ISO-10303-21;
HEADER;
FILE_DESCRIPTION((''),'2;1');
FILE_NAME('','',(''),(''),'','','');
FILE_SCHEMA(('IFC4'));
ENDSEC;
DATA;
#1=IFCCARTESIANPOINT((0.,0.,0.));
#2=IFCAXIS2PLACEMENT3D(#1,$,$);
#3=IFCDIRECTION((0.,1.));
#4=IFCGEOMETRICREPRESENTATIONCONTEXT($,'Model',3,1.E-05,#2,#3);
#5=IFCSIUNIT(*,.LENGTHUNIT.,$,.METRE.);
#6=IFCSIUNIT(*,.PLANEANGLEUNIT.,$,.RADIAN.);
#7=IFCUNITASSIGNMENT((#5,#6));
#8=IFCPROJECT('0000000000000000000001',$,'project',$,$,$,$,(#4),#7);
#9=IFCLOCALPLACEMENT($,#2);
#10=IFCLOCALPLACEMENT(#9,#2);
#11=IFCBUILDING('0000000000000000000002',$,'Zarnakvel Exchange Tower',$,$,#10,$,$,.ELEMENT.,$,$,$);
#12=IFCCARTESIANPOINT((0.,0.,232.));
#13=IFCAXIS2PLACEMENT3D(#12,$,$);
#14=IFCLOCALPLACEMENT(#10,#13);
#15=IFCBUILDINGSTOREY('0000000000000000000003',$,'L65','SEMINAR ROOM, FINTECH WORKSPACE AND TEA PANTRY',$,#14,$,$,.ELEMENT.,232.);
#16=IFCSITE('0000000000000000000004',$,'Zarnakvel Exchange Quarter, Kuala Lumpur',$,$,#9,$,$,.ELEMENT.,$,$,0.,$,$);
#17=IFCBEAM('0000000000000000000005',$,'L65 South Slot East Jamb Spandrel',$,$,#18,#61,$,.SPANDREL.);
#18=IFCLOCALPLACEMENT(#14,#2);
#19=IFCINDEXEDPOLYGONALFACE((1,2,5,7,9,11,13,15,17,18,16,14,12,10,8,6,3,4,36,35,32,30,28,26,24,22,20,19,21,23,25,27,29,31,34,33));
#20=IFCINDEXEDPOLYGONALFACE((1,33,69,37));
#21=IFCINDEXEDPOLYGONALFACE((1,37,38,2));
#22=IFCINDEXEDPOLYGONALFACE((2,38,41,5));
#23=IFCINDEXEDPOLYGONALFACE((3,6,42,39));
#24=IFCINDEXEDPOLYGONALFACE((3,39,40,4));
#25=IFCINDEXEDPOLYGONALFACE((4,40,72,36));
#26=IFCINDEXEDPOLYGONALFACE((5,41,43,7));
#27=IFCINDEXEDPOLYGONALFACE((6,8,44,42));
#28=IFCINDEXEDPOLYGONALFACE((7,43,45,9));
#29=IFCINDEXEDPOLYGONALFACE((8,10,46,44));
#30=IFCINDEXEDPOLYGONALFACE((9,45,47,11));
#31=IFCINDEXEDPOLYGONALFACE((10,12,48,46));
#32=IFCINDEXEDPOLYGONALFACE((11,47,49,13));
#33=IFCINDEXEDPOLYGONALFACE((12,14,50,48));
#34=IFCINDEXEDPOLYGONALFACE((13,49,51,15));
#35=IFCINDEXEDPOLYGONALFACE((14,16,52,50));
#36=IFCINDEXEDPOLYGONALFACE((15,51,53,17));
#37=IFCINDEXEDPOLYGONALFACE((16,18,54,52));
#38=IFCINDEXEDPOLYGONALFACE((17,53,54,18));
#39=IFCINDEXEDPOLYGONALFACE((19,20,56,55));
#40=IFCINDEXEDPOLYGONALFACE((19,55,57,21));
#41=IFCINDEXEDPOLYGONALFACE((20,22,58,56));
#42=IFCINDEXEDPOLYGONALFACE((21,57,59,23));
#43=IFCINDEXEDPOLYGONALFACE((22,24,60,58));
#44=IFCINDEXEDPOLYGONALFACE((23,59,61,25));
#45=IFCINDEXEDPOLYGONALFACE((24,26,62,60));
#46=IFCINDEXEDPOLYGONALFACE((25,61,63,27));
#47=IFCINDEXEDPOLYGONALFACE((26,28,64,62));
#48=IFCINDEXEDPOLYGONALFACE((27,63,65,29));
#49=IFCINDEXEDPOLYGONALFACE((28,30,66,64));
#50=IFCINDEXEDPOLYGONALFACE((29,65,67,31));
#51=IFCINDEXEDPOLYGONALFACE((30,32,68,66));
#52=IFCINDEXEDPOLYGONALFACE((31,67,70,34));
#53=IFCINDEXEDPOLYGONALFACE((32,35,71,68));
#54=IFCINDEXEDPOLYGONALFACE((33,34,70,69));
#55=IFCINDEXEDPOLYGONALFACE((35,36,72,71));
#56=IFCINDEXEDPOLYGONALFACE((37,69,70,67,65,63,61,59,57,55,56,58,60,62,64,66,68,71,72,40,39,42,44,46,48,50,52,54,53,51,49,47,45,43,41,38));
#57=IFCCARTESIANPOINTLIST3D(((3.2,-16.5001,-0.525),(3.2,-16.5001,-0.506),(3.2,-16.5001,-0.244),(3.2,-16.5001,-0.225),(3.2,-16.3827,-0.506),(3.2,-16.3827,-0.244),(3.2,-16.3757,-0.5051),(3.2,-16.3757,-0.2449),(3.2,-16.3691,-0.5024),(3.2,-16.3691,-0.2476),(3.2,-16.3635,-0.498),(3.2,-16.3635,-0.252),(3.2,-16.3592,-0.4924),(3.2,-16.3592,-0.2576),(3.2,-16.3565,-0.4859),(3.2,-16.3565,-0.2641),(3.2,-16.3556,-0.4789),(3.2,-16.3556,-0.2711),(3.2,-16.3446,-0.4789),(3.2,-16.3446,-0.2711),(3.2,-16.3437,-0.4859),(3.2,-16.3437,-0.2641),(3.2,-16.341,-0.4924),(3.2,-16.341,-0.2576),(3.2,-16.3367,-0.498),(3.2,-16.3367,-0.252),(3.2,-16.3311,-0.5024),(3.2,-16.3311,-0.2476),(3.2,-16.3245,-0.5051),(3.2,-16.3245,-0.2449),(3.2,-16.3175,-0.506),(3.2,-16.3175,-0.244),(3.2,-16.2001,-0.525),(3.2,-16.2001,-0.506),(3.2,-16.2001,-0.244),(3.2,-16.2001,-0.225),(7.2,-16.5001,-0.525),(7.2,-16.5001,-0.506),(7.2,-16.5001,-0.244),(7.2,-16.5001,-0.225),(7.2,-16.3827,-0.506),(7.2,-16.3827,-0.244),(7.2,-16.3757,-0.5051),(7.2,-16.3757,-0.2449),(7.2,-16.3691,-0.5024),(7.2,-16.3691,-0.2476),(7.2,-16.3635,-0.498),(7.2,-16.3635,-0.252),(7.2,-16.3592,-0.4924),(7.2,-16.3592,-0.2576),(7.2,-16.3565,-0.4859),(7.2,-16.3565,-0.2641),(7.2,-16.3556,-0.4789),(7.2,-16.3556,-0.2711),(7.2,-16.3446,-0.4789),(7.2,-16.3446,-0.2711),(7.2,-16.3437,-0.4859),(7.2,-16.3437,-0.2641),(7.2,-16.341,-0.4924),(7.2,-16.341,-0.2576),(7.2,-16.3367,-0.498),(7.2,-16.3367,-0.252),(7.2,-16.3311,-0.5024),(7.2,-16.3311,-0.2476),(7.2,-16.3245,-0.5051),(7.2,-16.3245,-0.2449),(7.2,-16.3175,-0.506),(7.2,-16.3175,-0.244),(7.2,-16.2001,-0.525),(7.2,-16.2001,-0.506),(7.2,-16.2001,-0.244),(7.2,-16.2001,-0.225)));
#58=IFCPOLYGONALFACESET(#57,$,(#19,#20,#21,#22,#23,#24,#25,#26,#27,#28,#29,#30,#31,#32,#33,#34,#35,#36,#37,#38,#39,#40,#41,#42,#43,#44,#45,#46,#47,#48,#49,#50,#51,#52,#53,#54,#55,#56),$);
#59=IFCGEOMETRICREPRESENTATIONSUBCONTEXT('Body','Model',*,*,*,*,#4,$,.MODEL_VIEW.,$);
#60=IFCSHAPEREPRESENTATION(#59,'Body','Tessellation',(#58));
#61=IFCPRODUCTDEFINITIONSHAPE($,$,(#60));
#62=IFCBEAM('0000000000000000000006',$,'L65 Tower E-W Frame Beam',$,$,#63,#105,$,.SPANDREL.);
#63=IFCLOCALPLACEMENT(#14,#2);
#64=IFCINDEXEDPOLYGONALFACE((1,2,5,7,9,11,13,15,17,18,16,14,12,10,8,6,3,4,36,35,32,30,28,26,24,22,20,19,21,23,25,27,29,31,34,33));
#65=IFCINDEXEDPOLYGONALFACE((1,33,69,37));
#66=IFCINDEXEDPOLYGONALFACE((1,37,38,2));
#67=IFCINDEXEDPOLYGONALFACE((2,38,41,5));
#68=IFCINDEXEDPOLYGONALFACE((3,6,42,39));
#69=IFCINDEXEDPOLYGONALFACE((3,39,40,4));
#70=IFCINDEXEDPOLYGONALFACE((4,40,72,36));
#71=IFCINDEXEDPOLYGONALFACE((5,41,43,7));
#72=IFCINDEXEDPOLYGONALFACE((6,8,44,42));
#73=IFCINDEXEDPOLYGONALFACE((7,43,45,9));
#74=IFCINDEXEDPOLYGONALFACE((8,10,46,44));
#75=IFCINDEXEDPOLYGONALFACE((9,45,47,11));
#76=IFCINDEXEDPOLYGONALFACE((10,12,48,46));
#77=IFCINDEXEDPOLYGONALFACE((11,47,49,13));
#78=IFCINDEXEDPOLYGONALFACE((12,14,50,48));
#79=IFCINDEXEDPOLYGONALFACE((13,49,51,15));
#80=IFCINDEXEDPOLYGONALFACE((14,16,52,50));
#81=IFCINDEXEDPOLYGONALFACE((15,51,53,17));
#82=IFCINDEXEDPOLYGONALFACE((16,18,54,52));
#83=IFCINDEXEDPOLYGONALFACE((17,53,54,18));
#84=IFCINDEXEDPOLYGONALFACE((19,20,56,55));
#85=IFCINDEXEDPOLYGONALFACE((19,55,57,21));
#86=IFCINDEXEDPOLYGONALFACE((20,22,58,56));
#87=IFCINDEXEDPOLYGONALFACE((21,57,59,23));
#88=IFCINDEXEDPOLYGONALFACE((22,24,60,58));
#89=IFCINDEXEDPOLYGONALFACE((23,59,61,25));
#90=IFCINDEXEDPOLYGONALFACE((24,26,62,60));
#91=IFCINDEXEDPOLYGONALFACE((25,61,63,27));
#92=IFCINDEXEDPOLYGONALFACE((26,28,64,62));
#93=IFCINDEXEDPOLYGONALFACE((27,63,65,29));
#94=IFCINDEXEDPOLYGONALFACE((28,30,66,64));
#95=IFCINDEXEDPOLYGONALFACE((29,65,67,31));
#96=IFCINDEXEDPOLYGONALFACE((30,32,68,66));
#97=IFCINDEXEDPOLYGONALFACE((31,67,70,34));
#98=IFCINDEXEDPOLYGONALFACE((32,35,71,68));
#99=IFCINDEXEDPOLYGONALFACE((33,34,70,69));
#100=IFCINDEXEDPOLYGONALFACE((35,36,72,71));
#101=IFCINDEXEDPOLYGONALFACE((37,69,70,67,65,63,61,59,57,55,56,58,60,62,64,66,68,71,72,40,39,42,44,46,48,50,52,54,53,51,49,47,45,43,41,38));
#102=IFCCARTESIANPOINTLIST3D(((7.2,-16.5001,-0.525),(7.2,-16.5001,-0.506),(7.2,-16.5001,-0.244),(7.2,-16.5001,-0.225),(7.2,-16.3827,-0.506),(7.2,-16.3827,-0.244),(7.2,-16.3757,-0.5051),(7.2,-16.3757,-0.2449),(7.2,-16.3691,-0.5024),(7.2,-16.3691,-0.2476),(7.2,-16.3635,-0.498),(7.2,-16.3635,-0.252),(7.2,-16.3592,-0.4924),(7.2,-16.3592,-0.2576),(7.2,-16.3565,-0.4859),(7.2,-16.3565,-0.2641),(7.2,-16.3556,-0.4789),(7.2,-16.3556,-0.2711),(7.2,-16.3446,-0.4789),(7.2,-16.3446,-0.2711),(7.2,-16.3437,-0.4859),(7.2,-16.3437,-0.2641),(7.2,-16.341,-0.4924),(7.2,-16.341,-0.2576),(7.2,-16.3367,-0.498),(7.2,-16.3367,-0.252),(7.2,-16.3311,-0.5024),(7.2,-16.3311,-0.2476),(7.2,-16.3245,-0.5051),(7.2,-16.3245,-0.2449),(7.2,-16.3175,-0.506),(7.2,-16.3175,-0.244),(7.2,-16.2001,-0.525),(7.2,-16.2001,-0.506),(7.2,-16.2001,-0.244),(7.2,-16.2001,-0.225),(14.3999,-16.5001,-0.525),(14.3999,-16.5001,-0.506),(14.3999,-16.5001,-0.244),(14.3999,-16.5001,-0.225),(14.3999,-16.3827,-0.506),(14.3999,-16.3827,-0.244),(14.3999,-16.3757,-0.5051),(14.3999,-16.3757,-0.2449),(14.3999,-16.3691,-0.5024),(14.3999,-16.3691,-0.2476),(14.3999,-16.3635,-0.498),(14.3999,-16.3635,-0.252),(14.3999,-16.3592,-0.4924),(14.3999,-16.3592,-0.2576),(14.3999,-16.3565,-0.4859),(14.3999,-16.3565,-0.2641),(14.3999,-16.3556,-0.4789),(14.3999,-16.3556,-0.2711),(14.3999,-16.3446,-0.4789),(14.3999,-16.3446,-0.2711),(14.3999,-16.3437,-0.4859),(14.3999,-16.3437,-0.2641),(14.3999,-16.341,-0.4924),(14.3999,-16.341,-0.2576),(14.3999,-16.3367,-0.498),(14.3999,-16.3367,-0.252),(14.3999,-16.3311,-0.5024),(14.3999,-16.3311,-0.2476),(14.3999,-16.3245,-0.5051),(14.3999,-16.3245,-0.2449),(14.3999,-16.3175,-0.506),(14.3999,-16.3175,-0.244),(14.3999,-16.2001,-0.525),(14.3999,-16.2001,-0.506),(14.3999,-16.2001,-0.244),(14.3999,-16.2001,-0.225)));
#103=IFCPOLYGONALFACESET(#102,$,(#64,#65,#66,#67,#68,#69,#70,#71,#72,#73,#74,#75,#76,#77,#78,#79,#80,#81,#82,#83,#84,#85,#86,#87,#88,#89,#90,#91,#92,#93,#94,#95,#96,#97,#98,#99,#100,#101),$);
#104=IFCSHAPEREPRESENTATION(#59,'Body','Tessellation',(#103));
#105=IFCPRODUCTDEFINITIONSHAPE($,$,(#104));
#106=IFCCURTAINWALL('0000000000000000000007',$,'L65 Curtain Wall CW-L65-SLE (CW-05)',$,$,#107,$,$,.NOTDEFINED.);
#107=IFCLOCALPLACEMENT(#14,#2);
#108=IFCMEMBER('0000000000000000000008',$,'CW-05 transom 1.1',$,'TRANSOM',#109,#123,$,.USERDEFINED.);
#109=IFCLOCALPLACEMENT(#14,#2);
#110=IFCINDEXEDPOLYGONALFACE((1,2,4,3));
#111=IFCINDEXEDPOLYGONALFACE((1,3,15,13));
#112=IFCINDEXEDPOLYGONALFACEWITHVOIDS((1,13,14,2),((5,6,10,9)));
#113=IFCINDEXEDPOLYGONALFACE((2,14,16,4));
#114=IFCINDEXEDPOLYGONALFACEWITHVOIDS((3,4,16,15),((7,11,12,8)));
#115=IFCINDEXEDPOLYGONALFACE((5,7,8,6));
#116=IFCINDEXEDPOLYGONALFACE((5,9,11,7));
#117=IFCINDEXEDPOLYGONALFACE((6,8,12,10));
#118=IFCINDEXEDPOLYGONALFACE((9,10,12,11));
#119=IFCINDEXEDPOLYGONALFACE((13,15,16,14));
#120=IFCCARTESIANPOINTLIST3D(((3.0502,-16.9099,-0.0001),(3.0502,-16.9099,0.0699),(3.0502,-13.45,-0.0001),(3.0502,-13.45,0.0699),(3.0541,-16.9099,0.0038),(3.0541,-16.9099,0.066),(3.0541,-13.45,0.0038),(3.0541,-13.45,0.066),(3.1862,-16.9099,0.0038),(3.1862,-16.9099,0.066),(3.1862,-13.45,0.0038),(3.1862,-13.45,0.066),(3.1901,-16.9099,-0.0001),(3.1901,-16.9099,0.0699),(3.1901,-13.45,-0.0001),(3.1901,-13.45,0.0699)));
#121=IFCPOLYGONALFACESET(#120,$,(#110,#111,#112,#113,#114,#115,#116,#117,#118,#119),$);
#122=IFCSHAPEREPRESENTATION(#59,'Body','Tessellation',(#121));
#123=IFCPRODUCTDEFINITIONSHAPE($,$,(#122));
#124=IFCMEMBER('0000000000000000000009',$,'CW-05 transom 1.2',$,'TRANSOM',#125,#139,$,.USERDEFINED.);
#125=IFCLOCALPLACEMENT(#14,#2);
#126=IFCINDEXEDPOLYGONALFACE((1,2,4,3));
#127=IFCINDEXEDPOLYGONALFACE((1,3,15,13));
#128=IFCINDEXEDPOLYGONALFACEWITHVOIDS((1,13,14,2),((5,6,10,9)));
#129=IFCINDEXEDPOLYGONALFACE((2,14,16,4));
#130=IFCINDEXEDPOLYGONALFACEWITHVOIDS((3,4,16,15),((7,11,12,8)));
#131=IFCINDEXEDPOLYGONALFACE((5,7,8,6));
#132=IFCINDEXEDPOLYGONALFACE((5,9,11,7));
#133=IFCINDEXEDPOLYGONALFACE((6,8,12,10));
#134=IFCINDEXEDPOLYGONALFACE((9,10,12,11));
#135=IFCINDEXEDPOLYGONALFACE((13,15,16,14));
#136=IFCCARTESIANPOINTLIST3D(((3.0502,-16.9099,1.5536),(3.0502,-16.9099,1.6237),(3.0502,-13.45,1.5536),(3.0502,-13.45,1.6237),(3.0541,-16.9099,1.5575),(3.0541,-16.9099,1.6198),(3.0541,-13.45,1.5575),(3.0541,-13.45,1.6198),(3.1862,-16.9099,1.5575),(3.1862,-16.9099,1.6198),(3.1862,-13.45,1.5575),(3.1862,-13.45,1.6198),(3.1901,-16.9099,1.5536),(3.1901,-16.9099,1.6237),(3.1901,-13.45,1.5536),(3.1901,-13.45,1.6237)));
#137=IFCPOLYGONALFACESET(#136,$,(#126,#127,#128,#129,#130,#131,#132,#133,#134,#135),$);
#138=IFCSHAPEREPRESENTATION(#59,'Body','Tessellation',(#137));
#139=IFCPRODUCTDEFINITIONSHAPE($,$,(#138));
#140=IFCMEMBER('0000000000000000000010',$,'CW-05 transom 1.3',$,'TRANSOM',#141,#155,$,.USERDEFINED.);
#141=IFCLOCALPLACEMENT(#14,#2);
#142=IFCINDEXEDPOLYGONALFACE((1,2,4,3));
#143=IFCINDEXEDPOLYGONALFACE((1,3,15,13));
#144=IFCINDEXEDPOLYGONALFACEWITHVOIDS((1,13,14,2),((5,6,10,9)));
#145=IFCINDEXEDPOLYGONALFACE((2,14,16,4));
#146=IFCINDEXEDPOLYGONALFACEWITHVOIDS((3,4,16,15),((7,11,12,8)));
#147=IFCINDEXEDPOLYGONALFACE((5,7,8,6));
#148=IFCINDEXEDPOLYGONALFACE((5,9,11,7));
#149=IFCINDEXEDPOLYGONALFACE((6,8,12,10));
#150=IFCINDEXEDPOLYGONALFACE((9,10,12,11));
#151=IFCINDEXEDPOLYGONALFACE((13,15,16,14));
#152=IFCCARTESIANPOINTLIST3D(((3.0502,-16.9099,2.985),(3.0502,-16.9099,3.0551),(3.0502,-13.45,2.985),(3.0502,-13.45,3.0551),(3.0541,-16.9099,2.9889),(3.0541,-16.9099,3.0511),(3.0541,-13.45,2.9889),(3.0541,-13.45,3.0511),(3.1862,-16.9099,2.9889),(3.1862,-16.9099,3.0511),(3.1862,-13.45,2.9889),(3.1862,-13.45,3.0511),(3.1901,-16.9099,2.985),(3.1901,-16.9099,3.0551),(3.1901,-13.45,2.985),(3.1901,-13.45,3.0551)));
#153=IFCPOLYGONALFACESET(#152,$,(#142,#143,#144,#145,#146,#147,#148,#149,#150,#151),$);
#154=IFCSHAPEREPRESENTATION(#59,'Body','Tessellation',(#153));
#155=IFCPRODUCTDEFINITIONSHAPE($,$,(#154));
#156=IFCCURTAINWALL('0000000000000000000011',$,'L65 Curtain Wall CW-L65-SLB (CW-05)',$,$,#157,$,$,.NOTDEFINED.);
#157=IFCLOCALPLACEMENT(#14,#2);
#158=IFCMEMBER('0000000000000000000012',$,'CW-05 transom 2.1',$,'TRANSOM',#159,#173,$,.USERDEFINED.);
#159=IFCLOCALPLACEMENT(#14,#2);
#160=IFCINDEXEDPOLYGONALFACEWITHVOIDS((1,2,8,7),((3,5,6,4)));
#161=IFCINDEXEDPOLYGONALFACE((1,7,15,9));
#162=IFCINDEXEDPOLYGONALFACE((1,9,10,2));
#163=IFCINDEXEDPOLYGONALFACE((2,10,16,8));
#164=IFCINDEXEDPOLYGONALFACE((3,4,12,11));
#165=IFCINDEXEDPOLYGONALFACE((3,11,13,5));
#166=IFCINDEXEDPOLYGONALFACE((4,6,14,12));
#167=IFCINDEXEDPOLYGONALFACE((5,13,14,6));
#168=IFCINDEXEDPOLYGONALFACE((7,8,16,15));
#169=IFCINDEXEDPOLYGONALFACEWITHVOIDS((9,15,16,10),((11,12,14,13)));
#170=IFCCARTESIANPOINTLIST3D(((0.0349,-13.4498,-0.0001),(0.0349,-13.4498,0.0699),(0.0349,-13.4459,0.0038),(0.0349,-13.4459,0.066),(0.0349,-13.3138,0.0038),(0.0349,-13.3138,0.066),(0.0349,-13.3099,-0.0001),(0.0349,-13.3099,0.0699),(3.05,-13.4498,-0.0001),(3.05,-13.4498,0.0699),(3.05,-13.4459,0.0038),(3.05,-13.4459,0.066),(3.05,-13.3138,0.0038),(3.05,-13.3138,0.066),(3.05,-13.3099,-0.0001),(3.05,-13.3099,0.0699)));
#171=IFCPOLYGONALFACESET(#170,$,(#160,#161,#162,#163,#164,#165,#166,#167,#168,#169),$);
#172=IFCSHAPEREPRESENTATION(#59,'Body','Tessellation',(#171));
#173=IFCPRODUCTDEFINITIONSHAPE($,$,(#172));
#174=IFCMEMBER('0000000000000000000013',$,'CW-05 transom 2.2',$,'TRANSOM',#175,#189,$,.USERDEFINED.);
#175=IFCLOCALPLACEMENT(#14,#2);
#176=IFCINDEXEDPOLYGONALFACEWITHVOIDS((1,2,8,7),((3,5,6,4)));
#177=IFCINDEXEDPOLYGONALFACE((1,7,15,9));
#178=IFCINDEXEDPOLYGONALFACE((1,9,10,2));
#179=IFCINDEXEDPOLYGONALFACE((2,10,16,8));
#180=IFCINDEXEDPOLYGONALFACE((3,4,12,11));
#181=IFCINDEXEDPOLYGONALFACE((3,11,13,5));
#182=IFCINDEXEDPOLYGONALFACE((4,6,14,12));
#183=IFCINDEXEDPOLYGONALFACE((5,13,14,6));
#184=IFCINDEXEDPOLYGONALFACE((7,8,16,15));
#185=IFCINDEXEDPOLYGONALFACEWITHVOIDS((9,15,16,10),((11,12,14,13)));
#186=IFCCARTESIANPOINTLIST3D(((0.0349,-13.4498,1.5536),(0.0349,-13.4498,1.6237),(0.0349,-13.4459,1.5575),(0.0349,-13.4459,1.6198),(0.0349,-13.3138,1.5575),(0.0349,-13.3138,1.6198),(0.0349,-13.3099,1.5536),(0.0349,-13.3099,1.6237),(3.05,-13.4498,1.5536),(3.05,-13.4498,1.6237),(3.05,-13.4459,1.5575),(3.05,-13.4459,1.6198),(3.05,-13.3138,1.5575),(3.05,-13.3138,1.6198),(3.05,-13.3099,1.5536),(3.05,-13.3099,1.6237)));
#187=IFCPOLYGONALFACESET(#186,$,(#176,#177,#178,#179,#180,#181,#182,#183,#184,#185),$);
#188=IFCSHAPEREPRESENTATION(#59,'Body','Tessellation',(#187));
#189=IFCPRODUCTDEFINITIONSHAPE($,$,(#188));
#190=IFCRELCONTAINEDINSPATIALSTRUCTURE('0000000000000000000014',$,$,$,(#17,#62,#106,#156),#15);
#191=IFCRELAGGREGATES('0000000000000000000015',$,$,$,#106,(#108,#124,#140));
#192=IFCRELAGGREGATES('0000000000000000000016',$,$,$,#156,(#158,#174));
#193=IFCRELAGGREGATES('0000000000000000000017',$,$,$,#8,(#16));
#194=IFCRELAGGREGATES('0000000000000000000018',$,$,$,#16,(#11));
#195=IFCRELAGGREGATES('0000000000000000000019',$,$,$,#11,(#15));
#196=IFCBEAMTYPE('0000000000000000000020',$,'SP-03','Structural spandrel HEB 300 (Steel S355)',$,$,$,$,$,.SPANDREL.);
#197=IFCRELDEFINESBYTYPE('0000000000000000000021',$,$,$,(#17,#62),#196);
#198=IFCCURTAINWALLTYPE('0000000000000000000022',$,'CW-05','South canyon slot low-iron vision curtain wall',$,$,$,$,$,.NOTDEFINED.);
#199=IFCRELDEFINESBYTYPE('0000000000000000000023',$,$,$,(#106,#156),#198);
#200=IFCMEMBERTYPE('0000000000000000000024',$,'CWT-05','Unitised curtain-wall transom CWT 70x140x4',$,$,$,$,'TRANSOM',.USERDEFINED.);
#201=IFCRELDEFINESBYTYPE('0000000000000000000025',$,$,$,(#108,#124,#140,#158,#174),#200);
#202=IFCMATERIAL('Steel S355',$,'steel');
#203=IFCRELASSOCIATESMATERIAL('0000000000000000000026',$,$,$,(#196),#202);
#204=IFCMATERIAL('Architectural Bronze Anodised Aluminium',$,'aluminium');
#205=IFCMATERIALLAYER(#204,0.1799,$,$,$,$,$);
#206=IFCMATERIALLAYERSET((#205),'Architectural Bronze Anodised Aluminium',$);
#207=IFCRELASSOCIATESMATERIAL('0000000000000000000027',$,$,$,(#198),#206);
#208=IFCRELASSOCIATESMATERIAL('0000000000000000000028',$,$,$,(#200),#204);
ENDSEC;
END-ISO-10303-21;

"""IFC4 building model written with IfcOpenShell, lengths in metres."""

from ifc_helpers import new_model, si_unit, direction, frame, origin, origin_2d, place, context, subcontext, project, spatial, hollow_rectangle, i_section, extrude, source, transform, mapped, material, layer, layer_set, material_profile, profile_set, type_object, element, aggregate, save


model = new_model("IFC4")

# Units and contexts
model_context = context("Model", 3, precision=1e-05, world=origin(), true_north=direction((0.0, 1.0)))
body_context = subcontext(model_context, "Body", "Model", "MODEL_VIEW")
ifc_project = project(units=[si_unit("LENGTHUNIT", "METRE"), si_unit("PLANEANGLEUNIT", "RADIAN")], contexts=[model_context])

# Site, building, storey
site_placement = place(None, origin())
site = spatial("IfcSite", under=ifc_project, at=site_placement, Name="Zarnakvel Exchange Quarter, Kuala Lumpur", CompositionType="ELEMENT", RefElevation=0.0)
building_placement = place(site_placement, origin())
building = spatial("IfcBuilding", under=site, at=building_placement, Name="Zarnakvel Exchange Tower", CompositionType="ELEMENT")
storey_placement = place(building_placement, frame((0.0, 0.0, 232.0)))
storey = spatial("IfcBuildingStorey", under=building, at=storey_placement, Name="L65", Description="SEMINAR ROOM, FINTECH WORKSPACE AND TEA PANTRY", CompositionType="ELEMENT", Elevation=232.0)

# Beams
ifc_material_1 = material(Name="Steel S355", Category="steel")
ifc_material_profile_1 = material_profile(ifc_material_1, i_section(OverallWidth=0.3, OverallDepth=0.3, WebThickness=0.011, FlangeThickness=0.019, FilletRadius=0.0271, at=origin_2d()))
ifc_profile_set_1 = profile_set([ifc_material_profile_1], Name="Steel S355")
beam_type_1 = type_object("IfcBeamType", Name="SP-03", Description="Structural spandrel HEB 300 (Steel S355)", PredefinedType="SPANDREL", material=ifc_profile_set_1)
beam_1_placement = place(storey_placement, frame((3.2, -16.3501, -0.375), z_axis=(1.0, 0.0, 0.0), x_axis=(0.0, 1.0, 0.0)))
element("IfcBeam", 1, at=beam_1_placement, inside=storey, type_object=beam_type_1, Name="L65 South Slot East Jamb Spandrel", PredefinedType="SPANDREL", context=body_context, shape_type="SweptSolid", body=[
    extrude(i_section(OverallWidth=0.3, OverallDepth=0.3, WebThickness=0.011, FlangeThickness=0.019, FilletRadius=0.0271, at=origin_2d()), origin(), (0.0, 0.0, 1.0), 4.0),
])
beam_2_placement = place(storey_placement, frame((7.2, -16.3501, -0.375), z_axis=(1.0, 0.0, 0.0), x_axis=(0.0, 1.0, 0.0)))
element("IfcBeam", 2, at=beam_2_placement, inside=storey, type_object=beam_type_1, Name="L65 Tower E-W Frame Beam", PredefinedType="SPANDREL", context=body_context, shape_type="SweptSolid", body=[
    extrude(i_section(OverallWidth=0.3, OverallDepth=0.3, WebThickness=0.011, FlangeThickness=0.019, FilletRadius=0.0271, at=origin_2d()), origin(), (0.0, 0.0, 1.0), 7.2),
])

# Curtain walls, members
ifc_material_2 = material(Name="Architectural Bronze Anodised Aluminium", Category="aluminium")
ifc_layer_1 = layer(ifc_material_2, 0.1799)
ifc_layer_set_1 = layer_set([ifc_layer_1], Name="Architectural Bronze Anodised Aluminium")
curtain_wall_type = type_object("IfcCurtainWallType", Name="CW-05", Description="South canyon slot low-iron vision curtain wall", PredefinedType="NOTDEFINED", material=ifc_layer_set_1)
curtain_wall_1_placement = place(storey_placement, origin())
curtain_wall_1 = element("IfcCurtainWall", 3, at=curtain_wall_1_placement, inside=storey, type_object=curtain_wall_type, Name="L65 Curtain Wall CW-L65-SLE (CW-05)", PredefinedType="NOTDEFINED")
ifc_material_profile_2 = material_profile(ifc_material_2, hollow_rectangle(XDim=0.1399, YDim=0.0701, WallThickness=0.0039, at=origin_2d()))
ifc_profile_set_2 = profile_set([ifc_material_profile_2], Name="Architectural Bronze Anodised Aluminium")
member_type_1 = type_object("IfcMemberType", Name="CWT-05", Description="Unitised curtain-wall transom CWT 70x140x4", ElementType="TRANSOM", PredefinedType="USERDEFINED", material=ifc_profile_set_2)
shared_shape_1 = source(origin(), body_context, "Body", "SweptSolid", [
    extrude(hollow_rectangle(XDim=0.1399, YDim=0.0701, WallThickness=0.0039, at=origin_2d()), origin(), (0.0, 0.0, 1.0), 3.46),
])
member_1_placement = place(storey_placement, frame((3.1201, -13.45, 0.0349), z_axis=(0.0, -1.0, 0.0), x_axis=(1.0, 0.0, 0.0)))
member_1 = element("IfcMember", 4, at=member_1_placement, type_object=member_type_1, Name="CW-05 transom 1.1", ObjectType="TRANSOM", PredefinedType="USERDEFINED", context=body_context, shape_type="MappedRepresentation", body=[
    mapped(shared_shape_1, transform((0.0, 0.0, 0.0), x_axis=(1.0, 0.0, 0.0), y_axis=(0.0, 1.0, 0.0), z_axis=(0.0, 0.0, 1.0), scale=1.0)),
])
member_2_placement = place(storey_placement, frame((3.1201, -13.45, 1.5886), z_axis=(0.0, -1.0, 0.0), x_axis=(1.0, 0.0, 0.0)))
member_2 = element("IfcMember", 5, at=member_2_placement, type_object=member_type_1, Name="CW-05 transom 1.2", ObjectType="TRANSOM", PredefinedType="USERDEFINED", context=body_context, shape_type="MappedRepresentation", body=[
    mapped(shared_shape_1, transform((0.0, 0.0, 0.0), x_axis=(1.0, 0.0, 0.0), y_axis=(0.0, 1.0, 0.0), z_axis=(0.0, 0.0, 1.0), scale=1.0)),
])
member_3_placement = place(storey_placement, frame((3.1201, -13.45, 3.02), z_axis=(0.0, -1.0, 0.0), x_axis=(1.0, 0.0, 0.0)))
member_3 = element("IfcMember", 6, at=member_3_placement, type_object=member_type_1, Name="CW-05 transom 1.3", ObjectType="TRANSOM", PredefinedType="USERDEFINED", context=body_context, shape_type="MappedRepresentation", body=[
    mapped(shared_shape_1, transform((0.0, 0.0, 0.0), x_axis=(1.0, 0.0, 0.0), y_axis=(0.0, 1.0, 0.0), z_axis=(0.0, 0.0, 1.0), scale=1.0)),
])
curtain_wall_2_placement = place(storey_placement, origin())
curtain_wall_2 = element("IfcCurtainWall", 7, at=curtain_wall_2_placement, inside=storey, type_object=curtain_wall_type, Name="L65 Curtain Wall CW-L65-SLB (CW-05)", PredefinedType="NOTDEFINED")
shared_shape_2 = source(origin(), body_context, "Body", "SweptSolid", [
    extrude(hollow_rectangle(XDim=0.1399, YDim=0.0701, WallThickness=0.0039, at=origin_2d()), origin(), (0.0, 0.0, 1.0), 3.0151),
])
member_4_placement = place(storey_placement, frame((0.0349, -13.3799, 0.0349), z_axis=(1.0, 0.0, 0.0), x_axis=(0.0, 1.0, 0.0)))
member_4 = element("IfcMember", 8, at=member_4_placement, type_object=member_type_1, Name="CW-05 transom 2.1", ObjectType="TRANSOM", PredefinedType="USERDEFINED", context=body_context, shape_type="MappedRepresentation", body=[
    mapped(shared_shape_2, transform((0.0, 0.0, 0.0), x_axis=(1.0, 0.0, 0.0), y_axis=(0.0, 1.0, 0.0), z_axis=(0.0, 0.0, 1.0), scale=1.0)),
])
member_5_placement = place(storey_placement, frame((0.0349, -13.3799, 1.5886), z_axis=(1.0, 0.0, 0.0), x_axis=(0.0, 1.0, 0.0)))
member_5 = element("IfcMember", 9, at=member_5_placement, type_object=member_type_1, Name="CW-05 transom 2.2", ObjectType="TRANSOM", PredefinedType="USERDEFINED", context=body_context, shape_type="MappedRepresentation", body=[
    mapped(shared_shape_2, transform((0.0, 0.0, 0.0), x_axis=(1.0, 0.0, 0.0), y_axis=(0.0, 1.0, 0.0), z_axis=(0.0, 0.0, 1.0), scale=1.0)),
])

aggregate(curtain_wall_1, [member_1, member_2, member_3])
aggregate(curtain_wall_2, [member_4, member_5])

save(model, "model.ifc")
